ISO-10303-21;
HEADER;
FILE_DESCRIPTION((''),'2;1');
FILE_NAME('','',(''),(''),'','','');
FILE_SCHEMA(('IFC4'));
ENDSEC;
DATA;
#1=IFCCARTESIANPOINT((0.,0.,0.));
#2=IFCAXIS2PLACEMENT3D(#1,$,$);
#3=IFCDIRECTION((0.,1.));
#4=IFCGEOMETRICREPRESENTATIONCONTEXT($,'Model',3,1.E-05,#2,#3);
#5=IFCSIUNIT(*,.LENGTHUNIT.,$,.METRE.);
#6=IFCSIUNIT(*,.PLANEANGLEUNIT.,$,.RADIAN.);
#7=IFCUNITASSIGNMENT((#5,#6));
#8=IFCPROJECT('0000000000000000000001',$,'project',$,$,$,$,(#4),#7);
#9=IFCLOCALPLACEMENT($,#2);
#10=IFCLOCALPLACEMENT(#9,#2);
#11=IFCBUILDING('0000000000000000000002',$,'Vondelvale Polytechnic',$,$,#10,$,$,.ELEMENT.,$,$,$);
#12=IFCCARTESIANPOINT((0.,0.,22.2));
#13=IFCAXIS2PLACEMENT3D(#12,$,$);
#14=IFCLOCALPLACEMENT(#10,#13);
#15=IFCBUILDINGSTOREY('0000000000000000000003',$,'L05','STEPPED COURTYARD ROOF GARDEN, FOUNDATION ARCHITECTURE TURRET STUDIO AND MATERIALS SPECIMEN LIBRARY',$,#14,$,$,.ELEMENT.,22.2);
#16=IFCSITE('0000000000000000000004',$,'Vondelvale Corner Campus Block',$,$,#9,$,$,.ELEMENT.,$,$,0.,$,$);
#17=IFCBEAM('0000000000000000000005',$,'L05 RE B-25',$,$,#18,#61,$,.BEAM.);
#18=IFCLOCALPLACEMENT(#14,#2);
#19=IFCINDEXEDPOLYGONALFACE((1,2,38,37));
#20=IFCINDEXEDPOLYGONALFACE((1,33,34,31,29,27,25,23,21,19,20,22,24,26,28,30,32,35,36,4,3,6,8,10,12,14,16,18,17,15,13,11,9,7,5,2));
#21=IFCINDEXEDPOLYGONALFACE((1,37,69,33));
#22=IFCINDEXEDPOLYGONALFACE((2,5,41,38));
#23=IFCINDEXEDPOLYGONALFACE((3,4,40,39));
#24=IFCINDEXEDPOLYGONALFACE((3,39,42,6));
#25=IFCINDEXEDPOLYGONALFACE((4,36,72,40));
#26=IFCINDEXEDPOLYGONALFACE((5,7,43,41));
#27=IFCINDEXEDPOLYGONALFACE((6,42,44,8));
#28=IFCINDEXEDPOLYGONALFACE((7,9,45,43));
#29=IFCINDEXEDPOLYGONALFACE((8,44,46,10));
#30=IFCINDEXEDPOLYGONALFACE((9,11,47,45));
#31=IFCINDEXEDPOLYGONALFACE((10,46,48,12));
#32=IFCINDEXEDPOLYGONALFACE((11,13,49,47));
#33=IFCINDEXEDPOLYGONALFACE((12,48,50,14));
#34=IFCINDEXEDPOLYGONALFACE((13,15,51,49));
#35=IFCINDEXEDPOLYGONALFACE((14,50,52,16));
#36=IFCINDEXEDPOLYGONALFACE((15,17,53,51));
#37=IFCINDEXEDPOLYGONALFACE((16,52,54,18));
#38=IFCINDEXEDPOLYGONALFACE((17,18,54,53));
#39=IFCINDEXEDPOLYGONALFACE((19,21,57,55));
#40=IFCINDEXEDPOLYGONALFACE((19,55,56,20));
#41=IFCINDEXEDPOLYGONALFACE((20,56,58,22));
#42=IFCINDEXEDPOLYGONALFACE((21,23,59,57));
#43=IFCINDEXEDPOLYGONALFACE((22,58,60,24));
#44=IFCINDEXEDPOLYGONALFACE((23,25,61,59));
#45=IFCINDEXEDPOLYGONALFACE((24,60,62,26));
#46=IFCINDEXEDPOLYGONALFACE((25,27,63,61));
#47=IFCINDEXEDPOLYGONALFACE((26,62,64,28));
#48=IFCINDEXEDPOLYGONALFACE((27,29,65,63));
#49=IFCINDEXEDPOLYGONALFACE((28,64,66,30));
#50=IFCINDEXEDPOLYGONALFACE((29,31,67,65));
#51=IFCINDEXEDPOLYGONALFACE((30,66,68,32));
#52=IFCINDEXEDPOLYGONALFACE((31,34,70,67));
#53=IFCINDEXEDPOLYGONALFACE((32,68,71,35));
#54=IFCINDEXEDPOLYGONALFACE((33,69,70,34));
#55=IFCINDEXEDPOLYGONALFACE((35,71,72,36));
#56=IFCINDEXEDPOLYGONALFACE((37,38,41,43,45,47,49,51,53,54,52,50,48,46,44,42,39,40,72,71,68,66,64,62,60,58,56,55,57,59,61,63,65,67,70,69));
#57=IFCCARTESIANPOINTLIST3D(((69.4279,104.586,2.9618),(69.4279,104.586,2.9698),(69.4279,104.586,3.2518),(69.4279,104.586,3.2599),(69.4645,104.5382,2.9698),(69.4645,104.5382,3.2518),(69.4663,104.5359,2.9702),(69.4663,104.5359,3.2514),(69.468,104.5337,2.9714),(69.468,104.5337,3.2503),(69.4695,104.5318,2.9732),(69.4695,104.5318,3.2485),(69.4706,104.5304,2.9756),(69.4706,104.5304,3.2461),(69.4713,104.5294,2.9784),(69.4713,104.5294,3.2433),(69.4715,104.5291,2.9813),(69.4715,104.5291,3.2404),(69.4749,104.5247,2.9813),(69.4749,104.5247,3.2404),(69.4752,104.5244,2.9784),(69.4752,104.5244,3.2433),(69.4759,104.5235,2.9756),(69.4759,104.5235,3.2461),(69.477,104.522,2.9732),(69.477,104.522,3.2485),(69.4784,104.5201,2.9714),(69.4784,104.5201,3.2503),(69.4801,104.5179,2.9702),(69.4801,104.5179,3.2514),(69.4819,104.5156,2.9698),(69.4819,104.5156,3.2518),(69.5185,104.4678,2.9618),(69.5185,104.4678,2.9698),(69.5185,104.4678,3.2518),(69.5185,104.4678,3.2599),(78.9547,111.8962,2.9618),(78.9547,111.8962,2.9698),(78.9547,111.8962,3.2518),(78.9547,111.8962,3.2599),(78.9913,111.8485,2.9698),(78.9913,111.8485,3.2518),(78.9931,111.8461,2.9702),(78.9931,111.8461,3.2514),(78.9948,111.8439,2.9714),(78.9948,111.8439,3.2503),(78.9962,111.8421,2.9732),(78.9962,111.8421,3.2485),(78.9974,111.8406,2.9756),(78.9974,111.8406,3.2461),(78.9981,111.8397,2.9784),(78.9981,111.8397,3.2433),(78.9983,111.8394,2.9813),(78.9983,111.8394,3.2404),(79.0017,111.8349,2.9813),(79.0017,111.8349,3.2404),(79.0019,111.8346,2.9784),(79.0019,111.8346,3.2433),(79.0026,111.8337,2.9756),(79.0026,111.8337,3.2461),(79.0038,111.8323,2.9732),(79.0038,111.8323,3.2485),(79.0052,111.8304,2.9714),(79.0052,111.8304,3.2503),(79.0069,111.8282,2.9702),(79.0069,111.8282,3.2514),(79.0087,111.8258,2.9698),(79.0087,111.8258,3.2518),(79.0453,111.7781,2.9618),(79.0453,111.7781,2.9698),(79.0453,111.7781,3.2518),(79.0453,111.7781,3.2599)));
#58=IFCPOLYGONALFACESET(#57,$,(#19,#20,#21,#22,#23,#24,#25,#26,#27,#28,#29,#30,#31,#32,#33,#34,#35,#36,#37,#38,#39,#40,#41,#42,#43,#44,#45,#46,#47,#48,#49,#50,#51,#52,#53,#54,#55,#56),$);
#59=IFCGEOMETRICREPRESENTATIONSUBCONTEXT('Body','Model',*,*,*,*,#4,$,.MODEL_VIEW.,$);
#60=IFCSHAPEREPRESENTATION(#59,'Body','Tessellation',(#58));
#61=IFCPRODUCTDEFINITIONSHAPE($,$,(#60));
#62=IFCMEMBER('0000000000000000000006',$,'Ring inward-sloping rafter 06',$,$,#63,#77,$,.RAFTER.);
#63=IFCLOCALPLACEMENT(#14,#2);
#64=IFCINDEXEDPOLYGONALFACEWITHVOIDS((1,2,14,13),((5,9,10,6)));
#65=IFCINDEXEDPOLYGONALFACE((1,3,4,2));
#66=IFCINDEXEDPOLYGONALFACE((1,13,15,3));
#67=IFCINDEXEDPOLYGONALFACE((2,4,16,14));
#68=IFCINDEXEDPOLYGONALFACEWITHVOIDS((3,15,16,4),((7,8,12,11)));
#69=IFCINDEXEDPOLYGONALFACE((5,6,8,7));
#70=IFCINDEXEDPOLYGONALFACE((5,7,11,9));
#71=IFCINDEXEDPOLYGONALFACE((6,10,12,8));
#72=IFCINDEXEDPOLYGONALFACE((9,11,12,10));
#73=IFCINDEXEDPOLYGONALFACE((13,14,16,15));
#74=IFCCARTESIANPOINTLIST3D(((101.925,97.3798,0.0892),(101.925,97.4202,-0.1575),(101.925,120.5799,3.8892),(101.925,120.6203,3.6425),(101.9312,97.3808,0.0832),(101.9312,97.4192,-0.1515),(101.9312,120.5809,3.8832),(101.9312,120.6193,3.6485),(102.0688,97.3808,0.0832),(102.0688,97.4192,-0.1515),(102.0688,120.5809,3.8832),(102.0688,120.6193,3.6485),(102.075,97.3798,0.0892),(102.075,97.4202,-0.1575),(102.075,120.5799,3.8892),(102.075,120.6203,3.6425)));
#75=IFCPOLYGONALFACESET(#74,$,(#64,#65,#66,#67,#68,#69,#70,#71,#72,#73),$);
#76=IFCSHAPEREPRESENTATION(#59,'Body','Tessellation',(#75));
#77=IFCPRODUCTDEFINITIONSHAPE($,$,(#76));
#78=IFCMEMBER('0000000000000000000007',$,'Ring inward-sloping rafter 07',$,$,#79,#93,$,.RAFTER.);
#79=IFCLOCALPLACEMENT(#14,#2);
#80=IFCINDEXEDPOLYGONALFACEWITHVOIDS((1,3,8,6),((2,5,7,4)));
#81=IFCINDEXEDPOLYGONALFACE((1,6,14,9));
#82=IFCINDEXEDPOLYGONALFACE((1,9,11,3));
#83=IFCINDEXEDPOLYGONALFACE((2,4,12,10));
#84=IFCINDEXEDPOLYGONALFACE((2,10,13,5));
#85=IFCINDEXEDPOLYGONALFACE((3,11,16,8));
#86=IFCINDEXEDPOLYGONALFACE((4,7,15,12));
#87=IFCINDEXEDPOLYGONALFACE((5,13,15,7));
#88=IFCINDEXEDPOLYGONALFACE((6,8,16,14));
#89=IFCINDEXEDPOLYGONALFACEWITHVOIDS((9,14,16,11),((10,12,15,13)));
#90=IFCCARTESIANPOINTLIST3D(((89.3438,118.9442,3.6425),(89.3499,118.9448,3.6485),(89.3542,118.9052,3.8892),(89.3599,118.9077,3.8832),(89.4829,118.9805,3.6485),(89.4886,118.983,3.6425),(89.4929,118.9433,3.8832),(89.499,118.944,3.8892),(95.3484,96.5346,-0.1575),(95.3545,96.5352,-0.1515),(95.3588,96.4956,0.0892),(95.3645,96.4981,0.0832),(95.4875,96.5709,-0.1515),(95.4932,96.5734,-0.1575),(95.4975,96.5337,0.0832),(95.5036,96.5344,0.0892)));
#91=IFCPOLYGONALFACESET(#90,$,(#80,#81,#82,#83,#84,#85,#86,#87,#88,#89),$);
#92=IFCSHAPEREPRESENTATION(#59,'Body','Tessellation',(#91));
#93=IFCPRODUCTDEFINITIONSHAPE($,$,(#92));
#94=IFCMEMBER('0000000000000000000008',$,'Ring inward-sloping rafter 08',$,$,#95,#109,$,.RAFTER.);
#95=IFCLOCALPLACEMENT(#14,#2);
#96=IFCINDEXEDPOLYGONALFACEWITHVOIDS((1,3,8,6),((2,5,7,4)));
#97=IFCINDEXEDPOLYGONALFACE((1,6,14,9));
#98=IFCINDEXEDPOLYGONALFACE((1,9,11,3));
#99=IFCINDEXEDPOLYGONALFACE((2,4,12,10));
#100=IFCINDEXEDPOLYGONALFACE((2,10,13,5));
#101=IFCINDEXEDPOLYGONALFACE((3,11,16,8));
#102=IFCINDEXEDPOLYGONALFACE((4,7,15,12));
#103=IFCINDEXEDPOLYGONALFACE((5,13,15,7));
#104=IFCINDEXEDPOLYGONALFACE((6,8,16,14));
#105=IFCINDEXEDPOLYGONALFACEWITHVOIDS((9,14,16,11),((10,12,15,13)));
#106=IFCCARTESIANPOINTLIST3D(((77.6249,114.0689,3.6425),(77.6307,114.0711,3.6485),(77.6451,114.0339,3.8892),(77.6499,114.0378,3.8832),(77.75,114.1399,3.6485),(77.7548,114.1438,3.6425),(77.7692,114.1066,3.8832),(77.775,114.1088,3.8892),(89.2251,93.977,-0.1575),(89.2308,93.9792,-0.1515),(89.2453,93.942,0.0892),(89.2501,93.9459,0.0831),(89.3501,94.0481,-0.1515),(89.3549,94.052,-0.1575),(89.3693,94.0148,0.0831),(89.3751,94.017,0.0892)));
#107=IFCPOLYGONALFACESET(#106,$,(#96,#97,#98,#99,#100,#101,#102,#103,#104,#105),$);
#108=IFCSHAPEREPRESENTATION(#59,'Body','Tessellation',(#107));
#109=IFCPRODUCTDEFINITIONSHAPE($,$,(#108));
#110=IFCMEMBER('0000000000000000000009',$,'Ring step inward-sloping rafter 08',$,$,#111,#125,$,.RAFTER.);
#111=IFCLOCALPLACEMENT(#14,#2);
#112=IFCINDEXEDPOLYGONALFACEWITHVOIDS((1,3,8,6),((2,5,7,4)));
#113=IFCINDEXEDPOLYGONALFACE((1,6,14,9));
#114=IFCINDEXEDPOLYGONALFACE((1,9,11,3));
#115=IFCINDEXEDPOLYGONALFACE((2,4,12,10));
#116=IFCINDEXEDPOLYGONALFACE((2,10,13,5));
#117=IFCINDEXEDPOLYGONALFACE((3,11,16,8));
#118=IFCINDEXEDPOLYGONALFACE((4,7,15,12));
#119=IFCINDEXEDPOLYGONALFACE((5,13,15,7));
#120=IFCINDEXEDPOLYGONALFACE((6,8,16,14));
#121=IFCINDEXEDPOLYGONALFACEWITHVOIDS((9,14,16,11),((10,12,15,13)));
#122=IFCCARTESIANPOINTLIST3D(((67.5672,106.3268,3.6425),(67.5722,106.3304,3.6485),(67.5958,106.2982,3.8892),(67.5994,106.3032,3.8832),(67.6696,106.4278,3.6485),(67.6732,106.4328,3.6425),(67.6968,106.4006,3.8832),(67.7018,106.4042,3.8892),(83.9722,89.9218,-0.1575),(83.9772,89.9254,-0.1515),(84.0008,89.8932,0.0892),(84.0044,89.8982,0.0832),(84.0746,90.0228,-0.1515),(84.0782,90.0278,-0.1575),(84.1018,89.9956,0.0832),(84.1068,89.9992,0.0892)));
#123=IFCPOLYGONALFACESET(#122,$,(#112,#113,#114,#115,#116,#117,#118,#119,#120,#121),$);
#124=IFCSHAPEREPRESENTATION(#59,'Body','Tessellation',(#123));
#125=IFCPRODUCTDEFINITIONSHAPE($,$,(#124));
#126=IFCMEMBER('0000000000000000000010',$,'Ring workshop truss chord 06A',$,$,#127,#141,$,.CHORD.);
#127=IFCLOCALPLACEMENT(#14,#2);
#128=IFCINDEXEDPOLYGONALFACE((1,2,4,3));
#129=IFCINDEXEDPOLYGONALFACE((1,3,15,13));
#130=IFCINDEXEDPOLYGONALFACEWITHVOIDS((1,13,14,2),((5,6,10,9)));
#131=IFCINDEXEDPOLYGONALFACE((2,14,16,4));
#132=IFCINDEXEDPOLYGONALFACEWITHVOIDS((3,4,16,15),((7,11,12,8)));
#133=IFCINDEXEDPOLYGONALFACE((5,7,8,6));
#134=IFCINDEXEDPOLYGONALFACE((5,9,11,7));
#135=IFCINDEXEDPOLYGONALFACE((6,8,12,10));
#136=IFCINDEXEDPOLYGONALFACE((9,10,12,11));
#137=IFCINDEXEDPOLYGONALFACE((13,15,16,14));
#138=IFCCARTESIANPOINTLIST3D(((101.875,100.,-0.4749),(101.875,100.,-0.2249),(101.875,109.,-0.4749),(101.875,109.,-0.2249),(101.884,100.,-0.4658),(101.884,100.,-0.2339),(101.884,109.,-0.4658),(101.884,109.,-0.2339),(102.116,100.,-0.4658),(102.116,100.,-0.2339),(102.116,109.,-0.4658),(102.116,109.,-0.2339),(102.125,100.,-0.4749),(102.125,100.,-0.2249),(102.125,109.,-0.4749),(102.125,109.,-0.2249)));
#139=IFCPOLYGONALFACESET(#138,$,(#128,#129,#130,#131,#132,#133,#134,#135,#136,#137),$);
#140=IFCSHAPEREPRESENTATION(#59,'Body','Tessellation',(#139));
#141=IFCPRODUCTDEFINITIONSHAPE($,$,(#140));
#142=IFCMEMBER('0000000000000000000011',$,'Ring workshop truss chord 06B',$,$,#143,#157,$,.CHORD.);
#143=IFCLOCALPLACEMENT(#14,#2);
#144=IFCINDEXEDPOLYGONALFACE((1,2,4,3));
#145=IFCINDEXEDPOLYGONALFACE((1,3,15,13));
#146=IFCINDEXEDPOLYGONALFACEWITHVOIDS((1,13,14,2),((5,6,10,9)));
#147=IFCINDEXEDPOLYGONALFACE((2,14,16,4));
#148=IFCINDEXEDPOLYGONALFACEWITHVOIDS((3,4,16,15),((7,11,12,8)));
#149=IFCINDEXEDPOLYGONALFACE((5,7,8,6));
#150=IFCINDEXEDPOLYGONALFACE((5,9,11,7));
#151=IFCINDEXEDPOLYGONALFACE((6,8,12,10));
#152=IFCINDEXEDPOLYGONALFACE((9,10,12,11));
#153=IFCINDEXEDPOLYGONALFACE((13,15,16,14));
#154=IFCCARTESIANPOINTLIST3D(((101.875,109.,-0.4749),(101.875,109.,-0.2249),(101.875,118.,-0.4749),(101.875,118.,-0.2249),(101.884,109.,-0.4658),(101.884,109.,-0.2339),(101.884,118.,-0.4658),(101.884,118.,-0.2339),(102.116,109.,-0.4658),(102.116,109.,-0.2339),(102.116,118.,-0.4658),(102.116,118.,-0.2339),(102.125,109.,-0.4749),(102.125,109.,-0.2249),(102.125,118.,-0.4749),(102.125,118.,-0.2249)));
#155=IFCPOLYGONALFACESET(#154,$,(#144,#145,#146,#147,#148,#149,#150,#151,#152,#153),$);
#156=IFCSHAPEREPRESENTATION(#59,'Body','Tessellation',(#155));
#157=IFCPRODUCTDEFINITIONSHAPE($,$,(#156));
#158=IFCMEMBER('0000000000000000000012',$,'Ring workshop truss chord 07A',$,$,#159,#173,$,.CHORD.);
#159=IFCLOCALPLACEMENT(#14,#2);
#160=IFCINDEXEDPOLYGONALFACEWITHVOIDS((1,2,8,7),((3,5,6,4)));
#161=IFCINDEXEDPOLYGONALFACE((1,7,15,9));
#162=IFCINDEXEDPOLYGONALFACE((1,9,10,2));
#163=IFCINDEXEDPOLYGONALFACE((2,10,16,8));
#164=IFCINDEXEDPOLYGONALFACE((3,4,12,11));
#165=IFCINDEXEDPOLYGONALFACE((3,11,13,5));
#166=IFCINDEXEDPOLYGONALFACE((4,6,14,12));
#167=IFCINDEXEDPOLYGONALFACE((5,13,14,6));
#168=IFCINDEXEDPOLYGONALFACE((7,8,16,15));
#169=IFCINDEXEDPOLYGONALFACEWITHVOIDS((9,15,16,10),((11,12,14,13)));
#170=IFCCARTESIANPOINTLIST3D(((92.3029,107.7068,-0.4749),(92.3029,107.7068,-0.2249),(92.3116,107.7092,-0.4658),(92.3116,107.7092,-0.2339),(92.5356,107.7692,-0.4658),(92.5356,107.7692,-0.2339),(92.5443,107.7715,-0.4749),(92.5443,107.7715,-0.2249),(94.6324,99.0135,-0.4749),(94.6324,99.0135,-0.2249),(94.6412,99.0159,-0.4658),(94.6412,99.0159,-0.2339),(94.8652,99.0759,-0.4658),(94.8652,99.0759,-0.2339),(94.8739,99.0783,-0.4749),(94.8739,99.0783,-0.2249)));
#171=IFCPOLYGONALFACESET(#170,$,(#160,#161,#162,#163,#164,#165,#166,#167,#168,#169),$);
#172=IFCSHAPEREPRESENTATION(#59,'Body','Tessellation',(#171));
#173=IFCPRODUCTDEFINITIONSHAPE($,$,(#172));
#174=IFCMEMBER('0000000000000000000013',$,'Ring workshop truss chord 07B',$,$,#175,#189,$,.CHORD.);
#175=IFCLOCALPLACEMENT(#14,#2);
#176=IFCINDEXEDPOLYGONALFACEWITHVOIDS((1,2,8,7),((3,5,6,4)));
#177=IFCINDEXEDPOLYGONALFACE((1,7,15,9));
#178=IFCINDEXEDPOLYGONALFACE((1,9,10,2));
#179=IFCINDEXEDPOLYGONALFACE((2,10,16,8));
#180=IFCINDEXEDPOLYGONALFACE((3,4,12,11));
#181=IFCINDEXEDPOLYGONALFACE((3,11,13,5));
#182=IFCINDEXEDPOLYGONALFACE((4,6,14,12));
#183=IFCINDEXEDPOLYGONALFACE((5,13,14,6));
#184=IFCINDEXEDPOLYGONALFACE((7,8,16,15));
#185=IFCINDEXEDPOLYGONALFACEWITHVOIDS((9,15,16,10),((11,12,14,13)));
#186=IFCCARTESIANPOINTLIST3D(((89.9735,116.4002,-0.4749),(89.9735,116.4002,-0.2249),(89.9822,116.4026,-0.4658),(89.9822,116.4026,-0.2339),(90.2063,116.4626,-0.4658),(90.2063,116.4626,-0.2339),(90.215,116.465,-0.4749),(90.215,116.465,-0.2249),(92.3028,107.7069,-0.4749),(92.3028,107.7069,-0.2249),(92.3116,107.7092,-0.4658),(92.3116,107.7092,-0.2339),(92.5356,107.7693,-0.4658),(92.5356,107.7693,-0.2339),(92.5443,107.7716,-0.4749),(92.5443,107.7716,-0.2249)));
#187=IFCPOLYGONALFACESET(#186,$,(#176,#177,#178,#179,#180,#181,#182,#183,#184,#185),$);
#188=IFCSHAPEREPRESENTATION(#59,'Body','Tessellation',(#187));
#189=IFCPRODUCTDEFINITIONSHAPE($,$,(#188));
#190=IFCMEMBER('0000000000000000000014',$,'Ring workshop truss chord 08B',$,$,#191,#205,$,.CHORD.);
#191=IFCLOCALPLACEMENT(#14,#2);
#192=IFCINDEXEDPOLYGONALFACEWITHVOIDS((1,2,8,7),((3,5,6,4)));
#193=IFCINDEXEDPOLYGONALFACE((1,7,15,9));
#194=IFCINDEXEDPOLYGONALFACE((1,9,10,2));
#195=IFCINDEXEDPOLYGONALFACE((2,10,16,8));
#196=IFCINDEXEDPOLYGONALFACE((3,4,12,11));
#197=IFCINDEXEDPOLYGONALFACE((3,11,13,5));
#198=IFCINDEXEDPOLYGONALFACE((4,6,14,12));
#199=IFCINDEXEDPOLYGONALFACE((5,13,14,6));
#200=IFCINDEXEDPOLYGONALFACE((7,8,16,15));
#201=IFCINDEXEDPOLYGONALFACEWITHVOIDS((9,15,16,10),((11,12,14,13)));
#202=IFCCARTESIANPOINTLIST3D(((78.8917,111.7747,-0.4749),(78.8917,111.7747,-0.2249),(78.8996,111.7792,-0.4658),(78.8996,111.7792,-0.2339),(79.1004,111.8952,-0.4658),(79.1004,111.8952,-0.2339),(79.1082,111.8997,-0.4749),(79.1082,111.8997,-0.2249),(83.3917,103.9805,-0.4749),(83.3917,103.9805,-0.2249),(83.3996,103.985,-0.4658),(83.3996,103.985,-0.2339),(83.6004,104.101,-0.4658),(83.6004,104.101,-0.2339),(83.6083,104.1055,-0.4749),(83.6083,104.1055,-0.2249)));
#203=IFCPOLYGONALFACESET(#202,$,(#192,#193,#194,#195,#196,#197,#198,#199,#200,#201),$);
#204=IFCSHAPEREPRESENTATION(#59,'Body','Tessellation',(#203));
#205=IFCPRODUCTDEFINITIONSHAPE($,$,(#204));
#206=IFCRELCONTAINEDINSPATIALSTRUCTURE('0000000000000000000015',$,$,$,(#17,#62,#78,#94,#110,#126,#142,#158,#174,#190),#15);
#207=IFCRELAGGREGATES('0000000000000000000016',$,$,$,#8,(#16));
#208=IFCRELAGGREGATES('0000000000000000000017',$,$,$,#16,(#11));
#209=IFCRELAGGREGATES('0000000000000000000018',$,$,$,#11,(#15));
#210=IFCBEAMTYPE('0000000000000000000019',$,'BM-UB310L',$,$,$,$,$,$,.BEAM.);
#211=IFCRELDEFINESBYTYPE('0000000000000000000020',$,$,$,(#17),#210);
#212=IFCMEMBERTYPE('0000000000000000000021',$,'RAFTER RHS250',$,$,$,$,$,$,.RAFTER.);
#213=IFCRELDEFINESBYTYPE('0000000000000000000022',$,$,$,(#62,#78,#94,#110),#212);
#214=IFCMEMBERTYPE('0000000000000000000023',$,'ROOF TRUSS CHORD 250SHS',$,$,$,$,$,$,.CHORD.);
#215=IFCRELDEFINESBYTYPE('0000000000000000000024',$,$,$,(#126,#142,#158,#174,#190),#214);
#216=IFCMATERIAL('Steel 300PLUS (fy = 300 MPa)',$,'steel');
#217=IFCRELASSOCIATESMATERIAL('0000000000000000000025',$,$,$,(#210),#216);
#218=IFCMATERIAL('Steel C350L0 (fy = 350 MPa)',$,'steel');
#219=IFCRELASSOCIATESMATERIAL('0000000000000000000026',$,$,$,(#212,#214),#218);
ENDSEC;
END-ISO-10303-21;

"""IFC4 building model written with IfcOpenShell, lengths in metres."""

from ifc_helpers import new_model, si_unit, direction, frame, origin, origin_2d, place, context, subcontext, project, spatial, hollow_rectangle, i_section, extrude, material, material_profile, profile_set, type_object, element, save


model = new_model("IFC4")

# Units and contexts
model_context = context("Model", 3, precision=1e-05, world=origin(), true_north=direction((0.0, 1.0)))
body_context = subcontext(model_context, "Body", "Model", "MODEL_VIEW")
ifc_project = project(units=[si_unit("LENGTHUNIT", "METRE"), si_unit("PLANEANGLEUNIT", "RADIAN")], contexts=[model_context])

# Site, building, storey
site_placement = place(None, origin())
site = spatial("IfcSite", under=ifc_project, at=site_placement, Name="Vondelvale Corner Campus Block", CompositionType="ELEMENT", RefElevation=0.0)
building_placement = place(site_placement, origin())
building = spatial("IfcBuilding", under=site, at=building_placement, Name="Vondelvale Polytechnic", CompositionType="ELEMENT")
storey_placement = place(building_placement, frame((0.0, 0.0, 22.2)))
storey = spatial("IfcBuildingStorey", under=building, at=storey_placement, Name="L05", Description="STEPPED COURTYARD ROOF GARDEN, FOUNDATION ARCHITECTURE TURRET STUDIO AND MATERIALS SPECIMEN LIBRARY", CompositionType="ELEMENT", Elevation=22.2)

# Beam
ifc_material_1 = material(Name="Steel 300PLUS (fy = 300 MPa)", Category="steel")
ifc_material_profile_1 = material_profile(ifc_material_1, i_section(OverallWidth=0.1489, OverallDepth=0.2981, WebThickness=0.0056, FlangeThickness=0.0081, FilletRadius=0.0115, at=origin_2d()), Name="310UB32.0")
ifc_profile_set_1 = profile_set([ifc_material_profile_1], Name="Steel 300PLUS (fy = 300 MPa)")
beam_type = type_object("IfcBeamType", Name="BM-UB310L", PredefinedType="BEAM", material=ifc_profile_set_1)
for number, where, z_axis, x_axis, name in (
    (1, (79.0, 111.8372, 3.1108), (-0.79335, -0.608766, 0.0), (0.608766, -0.79335, 0.0), "L05 RE B-25"),
):
    element("IfcBeam", number, at=place(storey_placement, frame(where, z_axis=z_axis, x_axis=x_axis)), inside=storey, type_object=beam_type, Name=name, PredefinedType="BEAM", context=body_context, shape_type="SweptSolid", body=[
        extrude(i_section(OverallWidth=0.1489, OverallDepth=0.2981, WebThickness=0.0056, FlangeThickness=0.0081, FilletRadius=0.0115, at=origin_2d()), origin(), (0.0, 0.0, 1.0), 12.0083),
    ])

# Members
ifc_material_2 = material(Name="Steel C350L0 (fy = 350 MPa)", Category="steel")
ifc_material_profile_2 = material_profile(ifc_material_2, hollow_rectangle(XDim=0.1499, YDim=0.25, WallThickness=0.0061, at=origin_2d()), Name="250x150x6.0RHS")
ifc_profile_set_2 = profile_set([ifc_material_profile_2], Name="Steel C350L0 (fy = 350 MPa)")
member_type_1 = type_object("IfcMemberType", Name="RAFTER RHS250", PredefinedType="RAFTER", material=ifc_profile_set_2)
for number, where, z_axis, x_axis, name in (
    (2, (102.0, 120.6001, 3.7659), (0.0, -0.98685, -0.16164), (1.0, 0.0, 0.0), "Ring inward-sloping rafter 06"),
    (3, (89.4214, 118.9441, 3.7659), (0.255415, -0.953224, -0.16164), (0.965926, 0.258818, 0.0), "Ring inward-sloping rafter 07"),
    (4, (77.7, 114.0889, 3.7659), (0.493428, -0.854635, -0.161641), (0.866024, 0.500003, 0.0), "Ring inward-sloping rafter 08"),
    (5, (67.6345, 106.3655, 3.7659), (0.697808, -0.697808, -0.16164), (0.707107, 0.707107, 0.0), "Ring step inward-sloping rafter 08"),
):
    element("IfcMember", number, at=place(storey_placement, frame(where, z_axis=z_axis, x_axis=x_axis)), inside=storey, type_object=member_type_1, Name=name, PredefinedType="RAFTER", context=body_context, shape_type="SweptSolid", body=[
        extrude(hollow_rectangle(XDim=0.1499, YDim=0.25, WallThickness=0.0061, at=origin_2d()), origin(), (0.0, 0.0, 1.0), 23.5093),
    ])
ifc_material_profile_3 = material_profile(ifc_material_2, hollow_rectangle(XDim=0.25, YDim=0.25, WallThickness=0.009, at=origin_2d()), Name="250x250x9.0SHS")
ifc_profile_set_3 = profile_set([ifc_material_profile_3], Name="Steel C350L0 (fy = 350 MPa)")
member_type_2 = type_object("IfcMemberType", Name="ROOF TRUSS CHORD 250SHS", PredefinedType="CHORD", material=ifc_profile_set_3)
for number, where, z_axis, x_axis, name in (
    (6, (102.0, 100.0, -0.3499), (0.0, 1.0, 0.0), (-1.0, 0.0, 0.0), "Ring workshop truss chord 06A"),
    (7, (102.0, 109.0, -0.3499), (0.0, 1.0, 0.0), (-1.0, 0.0, 0.0), "Ring workshop truss chord 06B"),
    (8, (94.7532, 99.0459, -0.3499), (-0.258841, 0.96592, 0.0), (-0.96592, -0.258841, 0.0), "Ring workshop truss chord 07A"),
    (9, (92.4236, 107.7393, -0.3499), (-0.258816, 0.965927, 0.0), (-0.965927, -0.258816, 0.0), "Ring workshop truss chord 07B"),
    (10, (83.5, 104.043, -0.3499), (-0.500002, 0.866024, 0.0), (-0.866024, -0.500002, 0.0), "Ring workshop truss chord 08B"),
):
    element("IfcMember", number, at=place(storey_placement, frame(where, z_axis=z_axis, x_axis=x_axis)), inside=storey, type_object=member_type_2, Name=name, PredefinedType="CHORD", context=body_context, shape_type="SweptSolid", body=[
        extrude(hollow_rectangle(XDim=0.25, YDim=0.25, WallThickness=0.009, at=origin_2d()), origin(), (0.0, 0.0, 1.0), 9.0),
    ])

save(model, "model.ifc")
